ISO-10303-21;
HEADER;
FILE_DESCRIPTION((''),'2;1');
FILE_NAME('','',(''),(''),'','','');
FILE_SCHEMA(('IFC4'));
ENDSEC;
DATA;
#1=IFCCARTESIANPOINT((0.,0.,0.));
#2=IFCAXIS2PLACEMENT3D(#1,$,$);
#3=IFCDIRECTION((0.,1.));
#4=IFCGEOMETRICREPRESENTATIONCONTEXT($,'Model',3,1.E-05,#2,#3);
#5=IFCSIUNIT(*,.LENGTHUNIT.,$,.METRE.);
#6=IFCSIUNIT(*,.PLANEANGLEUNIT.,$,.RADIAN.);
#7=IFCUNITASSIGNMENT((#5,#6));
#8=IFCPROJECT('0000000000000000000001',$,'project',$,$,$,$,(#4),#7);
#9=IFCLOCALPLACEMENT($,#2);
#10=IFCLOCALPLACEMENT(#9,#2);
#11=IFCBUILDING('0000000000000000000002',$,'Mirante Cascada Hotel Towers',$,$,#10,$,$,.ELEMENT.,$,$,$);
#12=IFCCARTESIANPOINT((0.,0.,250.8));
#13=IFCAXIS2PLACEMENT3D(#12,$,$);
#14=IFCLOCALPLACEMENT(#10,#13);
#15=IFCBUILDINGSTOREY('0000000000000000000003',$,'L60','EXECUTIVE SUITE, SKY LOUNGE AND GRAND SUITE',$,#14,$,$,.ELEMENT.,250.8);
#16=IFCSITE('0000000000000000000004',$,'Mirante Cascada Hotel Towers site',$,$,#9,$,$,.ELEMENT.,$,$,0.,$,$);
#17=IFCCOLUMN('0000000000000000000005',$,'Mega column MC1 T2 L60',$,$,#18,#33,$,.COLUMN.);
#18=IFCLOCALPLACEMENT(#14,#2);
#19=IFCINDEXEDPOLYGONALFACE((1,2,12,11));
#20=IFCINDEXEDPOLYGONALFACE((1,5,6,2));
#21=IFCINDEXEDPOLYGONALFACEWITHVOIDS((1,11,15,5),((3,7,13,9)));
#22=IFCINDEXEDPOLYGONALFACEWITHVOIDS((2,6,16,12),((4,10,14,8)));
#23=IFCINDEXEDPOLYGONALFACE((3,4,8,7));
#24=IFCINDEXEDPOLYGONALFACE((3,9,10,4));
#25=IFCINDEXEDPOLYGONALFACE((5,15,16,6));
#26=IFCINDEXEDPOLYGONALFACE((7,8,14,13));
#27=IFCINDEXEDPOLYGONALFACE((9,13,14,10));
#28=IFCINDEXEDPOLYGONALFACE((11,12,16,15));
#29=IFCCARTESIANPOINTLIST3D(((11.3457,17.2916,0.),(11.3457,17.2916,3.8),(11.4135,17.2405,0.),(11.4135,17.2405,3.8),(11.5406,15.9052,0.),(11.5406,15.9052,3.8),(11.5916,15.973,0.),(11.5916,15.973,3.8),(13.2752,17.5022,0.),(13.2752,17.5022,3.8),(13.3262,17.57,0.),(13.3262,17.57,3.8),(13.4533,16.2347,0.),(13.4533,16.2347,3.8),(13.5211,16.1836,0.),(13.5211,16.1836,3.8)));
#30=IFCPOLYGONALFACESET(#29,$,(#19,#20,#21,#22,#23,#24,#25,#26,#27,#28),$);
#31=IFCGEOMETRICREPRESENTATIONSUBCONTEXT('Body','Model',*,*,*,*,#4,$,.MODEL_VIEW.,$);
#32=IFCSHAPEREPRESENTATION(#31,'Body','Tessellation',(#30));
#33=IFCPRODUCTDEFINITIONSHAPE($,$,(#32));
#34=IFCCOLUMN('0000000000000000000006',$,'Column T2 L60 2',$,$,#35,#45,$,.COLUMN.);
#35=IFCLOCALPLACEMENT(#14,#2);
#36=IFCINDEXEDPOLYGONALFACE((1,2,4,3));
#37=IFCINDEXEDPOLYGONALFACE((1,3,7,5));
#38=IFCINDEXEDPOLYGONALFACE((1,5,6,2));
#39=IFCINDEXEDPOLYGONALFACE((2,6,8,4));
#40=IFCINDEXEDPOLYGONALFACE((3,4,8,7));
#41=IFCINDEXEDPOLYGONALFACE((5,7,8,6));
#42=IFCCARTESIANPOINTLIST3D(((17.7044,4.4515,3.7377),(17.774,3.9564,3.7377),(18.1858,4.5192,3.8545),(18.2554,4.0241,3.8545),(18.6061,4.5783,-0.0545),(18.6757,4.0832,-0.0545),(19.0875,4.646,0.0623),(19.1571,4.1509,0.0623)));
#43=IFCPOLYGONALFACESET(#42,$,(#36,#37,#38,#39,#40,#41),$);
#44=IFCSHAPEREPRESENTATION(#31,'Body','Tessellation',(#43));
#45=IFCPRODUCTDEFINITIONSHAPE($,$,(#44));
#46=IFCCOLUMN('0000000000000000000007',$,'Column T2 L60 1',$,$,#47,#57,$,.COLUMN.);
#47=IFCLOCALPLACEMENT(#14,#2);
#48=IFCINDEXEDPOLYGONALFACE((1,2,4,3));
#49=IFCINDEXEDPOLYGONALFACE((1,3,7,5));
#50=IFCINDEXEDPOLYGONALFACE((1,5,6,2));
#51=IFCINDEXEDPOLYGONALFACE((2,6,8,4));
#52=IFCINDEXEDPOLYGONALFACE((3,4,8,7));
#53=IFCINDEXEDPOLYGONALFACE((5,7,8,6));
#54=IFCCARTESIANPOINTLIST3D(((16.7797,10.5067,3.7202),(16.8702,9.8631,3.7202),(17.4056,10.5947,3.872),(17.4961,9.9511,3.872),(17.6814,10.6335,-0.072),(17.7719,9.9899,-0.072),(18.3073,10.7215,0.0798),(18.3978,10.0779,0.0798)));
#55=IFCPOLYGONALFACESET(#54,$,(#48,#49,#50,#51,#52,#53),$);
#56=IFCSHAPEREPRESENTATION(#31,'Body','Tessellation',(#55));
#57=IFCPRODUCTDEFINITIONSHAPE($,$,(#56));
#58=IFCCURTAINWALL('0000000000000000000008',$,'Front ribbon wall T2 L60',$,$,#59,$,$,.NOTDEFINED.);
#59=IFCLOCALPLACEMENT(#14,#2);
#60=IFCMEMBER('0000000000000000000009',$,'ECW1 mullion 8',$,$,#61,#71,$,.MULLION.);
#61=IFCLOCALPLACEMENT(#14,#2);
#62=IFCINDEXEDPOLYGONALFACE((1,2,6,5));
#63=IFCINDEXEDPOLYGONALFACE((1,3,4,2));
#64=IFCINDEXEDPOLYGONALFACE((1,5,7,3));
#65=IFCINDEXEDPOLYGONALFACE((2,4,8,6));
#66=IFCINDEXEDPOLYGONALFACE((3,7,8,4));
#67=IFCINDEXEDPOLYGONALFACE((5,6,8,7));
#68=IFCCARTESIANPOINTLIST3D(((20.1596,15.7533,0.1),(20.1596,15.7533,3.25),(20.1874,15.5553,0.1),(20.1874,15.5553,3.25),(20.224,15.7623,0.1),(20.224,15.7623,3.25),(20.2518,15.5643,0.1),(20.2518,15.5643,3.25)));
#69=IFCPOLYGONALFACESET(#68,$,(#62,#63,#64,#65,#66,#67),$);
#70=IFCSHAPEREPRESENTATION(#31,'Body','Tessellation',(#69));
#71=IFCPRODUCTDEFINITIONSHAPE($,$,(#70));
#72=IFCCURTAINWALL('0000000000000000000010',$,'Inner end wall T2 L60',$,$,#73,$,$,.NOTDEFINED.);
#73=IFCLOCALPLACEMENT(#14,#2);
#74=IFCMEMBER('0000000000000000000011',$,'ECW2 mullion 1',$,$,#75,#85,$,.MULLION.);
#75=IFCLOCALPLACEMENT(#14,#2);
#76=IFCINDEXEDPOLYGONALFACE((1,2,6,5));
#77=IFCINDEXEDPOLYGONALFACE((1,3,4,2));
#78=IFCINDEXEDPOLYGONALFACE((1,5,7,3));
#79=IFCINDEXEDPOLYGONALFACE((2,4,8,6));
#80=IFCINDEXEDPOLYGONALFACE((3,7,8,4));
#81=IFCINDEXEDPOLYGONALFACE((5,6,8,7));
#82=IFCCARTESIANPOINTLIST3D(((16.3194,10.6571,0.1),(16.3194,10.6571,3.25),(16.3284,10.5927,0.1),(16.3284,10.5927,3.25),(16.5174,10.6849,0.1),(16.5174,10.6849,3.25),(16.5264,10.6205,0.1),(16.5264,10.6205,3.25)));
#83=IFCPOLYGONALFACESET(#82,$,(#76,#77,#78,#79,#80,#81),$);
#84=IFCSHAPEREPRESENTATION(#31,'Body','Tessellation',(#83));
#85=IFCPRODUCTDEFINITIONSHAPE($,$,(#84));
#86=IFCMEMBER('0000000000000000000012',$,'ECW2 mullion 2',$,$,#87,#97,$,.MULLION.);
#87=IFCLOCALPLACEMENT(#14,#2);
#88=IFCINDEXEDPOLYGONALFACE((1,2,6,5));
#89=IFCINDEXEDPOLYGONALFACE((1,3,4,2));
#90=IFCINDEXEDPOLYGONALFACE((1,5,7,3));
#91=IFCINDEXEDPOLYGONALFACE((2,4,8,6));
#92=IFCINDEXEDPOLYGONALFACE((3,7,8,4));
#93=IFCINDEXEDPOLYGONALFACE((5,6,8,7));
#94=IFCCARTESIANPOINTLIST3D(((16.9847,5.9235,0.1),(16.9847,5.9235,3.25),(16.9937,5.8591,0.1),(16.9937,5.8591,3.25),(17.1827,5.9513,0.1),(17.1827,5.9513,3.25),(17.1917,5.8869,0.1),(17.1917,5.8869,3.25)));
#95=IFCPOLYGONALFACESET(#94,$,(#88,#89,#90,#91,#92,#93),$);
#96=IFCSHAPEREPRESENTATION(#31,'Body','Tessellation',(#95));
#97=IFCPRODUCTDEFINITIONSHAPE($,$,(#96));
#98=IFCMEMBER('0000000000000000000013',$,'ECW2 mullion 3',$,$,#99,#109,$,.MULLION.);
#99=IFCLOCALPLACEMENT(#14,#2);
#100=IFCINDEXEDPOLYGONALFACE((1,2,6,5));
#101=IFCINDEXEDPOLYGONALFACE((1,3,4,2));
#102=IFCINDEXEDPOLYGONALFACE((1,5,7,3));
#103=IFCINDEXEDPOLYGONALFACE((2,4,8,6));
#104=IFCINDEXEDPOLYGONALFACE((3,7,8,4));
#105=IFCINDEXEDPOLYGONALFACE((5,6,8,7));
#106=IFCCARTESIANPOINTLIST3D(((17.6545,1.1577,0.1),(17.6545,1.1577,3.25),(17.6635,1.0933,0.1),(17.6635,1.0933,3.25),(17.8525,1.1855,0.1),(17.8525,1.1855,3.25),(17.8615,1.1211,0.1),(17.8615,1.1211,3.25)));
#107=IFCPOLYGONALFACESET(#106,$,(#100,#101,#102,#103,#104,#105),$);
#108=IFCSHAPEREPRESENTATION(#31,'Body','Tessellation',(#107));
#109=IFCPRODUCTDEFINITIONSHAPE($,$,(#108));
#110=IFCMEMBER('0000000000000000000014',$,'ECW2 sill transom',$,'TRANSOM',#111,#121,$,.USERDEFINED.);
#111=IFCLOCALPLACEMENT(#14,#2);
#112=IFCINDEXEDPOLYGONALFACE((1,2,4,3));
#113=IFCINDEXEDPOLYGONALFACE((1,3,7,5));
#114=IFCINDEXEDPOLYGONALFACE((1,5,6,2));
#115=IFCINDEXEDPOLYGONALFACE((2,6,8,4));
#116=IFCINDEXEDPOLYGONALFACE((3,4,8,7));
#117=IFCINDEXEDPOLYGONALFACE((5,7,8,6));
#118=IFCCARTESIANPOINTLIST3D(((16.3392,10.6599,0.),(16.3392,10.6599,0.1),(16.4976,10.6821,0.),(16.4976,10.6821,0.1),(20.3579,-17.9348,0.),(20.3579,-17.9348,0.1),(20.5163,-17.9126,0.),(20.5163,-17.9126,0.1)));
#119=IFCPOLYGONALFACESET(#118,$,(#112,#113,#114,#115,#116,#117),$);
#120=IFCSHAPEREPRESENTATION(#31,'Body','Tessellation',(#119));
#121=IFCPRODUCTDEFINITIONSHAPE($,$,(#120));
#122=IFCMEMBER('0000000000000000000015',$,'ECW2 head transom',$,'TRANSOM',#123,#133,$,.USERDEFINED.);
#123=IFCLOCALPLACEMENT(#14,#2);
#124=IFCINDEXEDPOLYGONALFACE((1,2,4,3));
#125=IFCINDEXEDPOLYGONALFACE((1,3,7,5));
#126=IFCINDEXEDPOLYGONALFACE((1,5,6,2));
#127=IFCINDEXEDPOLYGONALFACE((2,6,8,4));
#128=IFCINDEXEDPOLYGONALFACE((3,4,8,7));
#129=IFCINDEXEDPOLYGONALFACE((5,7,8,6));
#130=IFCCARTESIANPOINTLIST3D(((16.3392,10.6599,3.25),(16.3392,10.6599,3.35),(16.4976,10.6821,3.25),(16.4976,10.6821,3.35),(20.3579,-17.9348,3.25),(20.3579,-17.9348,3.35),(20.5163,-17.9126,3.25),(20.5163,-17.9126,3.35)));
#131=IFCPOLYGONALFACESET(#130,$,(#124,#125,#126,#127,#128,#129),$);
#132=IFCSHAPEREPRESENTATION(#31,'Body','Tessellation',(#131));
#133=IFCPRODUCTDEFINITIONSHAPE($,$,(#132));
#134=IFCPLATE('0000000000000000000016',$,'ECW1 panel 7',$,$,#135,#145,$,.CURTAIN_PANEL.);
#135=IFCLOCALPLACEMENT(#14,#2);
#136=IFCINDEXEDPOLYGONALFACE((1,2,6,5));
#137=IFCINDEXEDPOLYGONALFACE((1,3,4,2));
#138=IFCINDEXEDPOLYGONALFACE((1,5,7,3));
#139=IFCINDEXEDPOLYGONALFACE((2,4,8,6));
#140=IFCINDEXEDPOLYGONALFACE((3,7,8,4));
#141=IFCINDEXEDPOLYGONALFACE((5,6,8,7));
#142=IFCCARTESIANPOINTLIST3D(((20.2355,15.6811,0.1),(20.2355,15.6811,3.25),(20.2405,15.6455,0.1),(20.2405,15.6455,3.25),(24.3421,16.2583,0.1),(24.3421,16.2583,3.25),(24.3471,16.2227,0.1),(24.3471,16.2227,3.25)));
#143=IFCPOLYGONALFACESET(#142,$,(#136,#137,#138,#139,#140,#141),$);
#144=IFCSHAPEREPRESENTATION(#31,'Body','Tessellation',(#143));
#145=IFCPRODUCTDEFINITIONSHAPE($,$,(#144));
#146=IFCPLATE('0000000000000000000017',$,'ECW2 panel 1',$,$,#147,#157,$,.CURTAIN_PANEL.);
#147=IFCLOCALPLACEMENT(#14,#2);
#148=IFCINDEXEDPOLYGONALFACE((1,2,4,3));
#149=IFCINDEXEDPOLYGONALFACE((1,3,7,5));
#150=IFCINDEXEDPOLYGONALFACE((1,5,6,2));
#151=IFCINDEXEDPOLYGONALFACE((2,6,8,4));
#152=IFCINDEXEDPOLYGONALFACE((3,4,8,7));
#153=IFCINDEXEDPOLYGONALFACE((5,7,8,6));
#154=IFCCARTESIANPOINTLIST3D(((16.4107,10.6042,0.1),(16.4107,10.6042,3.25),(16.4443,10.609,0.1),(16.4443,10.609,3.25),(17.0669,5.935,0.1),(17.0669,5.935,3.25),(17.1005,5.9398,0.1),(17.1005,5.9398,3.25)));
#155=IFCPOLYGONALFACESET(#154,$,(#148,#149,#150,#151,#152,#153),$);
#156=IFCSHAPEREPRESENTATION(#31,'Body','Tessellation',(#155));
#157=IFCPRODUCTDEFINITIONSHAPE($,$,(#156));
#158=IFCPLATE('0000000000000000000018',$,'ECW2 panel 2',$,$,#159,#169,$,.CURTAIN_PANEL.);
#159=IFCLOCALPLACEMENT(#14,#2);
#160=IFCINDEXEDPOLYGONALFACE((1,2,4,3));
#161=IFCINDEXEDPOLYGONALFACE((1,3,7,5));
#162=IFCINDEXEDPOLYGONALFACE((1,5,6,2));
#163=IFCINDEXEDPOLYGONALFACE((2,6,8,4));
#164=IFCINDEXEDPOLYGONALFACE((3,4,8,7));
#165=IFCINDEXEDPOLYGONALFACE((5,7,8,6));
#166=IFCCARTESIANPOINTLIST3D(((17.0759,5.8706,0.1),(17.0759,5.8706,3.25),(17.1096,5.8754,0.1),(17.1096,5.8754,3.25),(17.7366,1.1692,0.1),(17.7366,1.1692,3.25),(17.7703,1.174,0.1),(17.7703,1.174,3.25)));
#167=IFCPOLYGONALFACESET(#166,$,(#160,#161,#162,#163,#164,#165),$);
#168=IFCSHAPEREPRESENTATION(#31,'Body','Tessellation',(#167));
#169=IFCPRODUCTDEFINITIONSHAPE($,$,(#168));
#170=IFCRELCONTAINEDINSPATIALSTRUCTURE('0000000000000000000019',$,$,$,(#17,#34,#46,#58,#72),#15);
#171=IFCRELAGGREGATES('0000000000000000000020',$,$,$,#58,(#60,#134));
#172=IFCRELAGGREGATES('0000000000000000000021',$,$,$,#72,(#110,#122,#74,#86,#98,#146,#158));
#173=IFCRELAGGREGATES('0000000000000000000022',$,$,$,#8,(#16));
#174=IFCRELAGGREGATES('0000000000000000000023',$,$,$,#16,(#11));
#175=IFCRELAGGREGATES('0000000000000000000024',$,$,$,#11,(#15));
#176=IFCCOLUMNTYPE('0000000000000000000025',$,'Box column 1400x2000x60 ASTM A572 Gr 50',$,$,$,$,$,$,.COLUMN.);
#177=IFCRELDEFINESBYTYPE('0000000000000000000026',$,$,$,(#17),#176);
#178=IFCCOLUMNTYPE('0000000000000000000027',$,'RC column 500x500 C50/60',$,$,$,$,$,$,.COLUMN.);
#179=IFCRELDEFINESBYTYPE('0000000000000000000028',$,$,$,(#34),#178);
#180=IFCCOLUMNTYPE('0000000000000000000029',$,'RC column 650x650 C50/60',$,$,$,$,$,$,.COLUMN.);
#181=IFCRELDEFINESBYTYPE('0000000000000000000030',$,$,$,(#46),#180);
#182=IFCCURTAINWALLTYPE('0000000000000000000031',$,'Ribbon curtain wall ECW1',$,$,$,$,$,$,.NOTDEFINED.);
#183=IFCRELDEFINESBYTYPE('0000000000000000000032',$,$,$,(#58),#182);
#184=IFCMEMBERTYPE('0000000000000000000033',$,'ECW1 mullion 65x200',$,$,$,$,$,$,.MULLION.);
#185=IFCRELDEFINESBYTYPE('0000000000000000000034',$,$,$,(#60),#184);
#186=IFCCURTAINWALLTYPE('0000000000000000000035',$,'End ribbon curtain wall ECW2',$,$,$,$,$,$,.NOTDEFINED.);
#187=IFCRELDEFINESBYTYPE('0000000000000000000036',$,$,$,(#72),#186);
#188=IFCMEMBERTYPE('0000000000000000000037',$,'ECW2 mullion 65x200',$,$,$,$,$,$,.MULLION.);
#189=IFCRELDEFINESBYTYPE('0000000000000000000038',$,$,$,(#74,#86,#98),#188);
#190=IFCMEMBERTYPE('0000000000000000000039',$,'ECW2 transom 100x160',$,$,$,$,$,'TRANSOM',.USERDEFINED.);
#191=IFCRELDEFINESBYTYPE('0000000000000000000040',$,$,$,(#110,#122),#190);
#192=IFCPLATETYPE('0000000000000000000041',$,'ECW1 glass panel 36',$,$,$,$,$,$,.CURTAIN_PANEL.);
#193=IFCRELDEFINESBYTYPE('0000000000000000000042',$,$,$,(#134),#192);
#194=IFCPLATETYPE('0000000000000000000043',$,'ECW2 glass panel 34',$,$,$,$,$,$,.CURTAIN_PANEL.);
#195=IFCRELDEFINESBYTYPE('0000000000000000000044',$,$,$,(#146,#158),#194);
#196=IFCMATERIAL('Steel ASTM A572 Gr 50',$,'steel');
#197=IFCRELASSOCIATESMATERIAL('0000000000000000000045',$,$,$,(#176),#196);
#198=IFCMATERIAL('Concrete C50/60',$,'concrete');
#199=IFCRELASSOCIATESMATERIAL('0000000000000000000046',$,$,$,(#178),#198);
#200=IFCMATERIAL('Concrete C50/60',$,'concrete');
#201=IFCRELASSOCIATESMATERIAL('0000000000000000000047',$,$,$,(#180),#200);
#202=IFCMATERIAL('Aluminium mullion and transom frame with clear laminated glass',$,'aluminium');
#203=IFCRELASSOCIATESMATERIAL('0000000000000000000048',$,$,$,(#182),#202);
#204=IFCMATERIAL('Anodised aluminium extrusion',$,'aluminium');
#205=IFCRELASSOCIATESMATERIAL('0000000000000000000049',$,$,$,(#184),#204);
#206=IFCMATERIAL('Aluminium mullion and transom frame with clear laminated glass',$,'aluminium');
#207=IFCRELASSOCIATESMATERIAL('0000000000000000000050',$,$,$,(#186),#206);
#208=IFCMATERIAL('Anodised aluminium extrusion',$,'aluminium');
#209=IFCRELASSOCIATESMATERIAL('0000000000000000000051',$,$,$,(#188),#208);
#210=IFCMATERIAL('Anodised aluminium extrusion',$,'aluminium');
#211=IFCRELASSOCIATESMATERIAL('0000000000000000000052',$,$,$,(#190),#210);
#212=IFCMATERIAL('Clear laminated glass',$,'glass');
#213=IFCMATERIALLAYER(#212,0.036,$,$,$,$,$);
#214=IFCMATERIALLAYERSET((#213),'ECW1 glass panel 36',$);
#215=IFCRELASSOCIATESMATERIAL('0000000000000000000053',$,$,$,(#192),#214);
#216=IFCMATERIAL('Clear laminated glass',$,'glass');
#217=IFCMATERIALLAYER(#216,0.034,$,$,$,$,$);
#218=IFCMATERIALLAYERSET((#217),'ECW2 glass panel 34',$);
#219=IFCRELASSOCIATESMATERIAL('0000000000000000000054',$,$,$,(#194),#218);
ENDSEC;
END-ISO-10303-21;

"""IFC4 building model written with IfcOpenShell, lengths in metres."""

from ifc_helpers import new_model, si_unit, direction, frame, origin, origin_2d, place, context, subcontext, project, spatial, rectangle, hollow_rectangle, extrude, material, layer, layer_set, material_profile, profile_set, type_object, element, aggregate, save


model = new_model("IFC4")

# Units and contexts
model_context = context("Model", 3, precision=1e-05, world=origin(), true_north=direction((0.0, 1.0)))
body_context = subcontext(model_context, "Body", "Model", "MODEL_VIEW")
ifc_project = project(units=[si_unit("LENGTHUNIT", "METRE"), si_unit("PLANEANGLEUNIT", "RADIAN")], contexts=[model_context])

# Site, building, storey
site_placement = place(None, origin())
site = spatial("IfcSite", under=ifc_project, at=site_placement, Name="Mirante Cascada Hotel Towers site", CompositionType="ELEMENT", RefElevation=0.0)
building_placement = place(site_placement, origin())
building = spatial("IfcBuilding", under=site, at=building_placement, Name="Mirante Cascada Hotel Towers", CompositionType="ELEMENT")
storey_placement = place(building_placement, frame((0.0, 0.0, 250.8)))
storey = spatial("IfcBuildingStorey", under=building, at=storey_placement, Name="L60", Description="EXECUTIVE SUITE, SKY LOUNGE AND GRAND SUITE", CompositionType="ELEMENT", Elevation=250.8)

# Columns
ifc_material_1 = material(Name="Steel ASTM A572 Gr 50", Category="steel")
ifc_material_profile_1 = material_profile(ifc_material_1, hollow_rectangle(XDim=2.0, YDim=1.4, WallThickness=0.06, at=origin_2d()), Name="Box column 1400x2000x60 ASTM A572 Gr 50")
ifc_profile_set_1 = profile_set([ifc_material_profile_1], Name="Steel ASTM A572 Gr 50")
column_type_1 = type_object("IfcColumnType", Name="Box column 1400x2000x60 ASTM A572 Gr 50", PredefinedType="COLUMN", material=ifc_profile_set_1)
column_1_placement = place(storey_placement, frame((12.4334, 16.7376, 0.0), z_axis=(0.0, 0.0, 1.0), x_axis=(0.990268, 0.139173, 0.0)))
element("IfcColumn", 1, at=column_1_placement, inside=storey, type_object=column_type_1, Name="Mega column MC1 T2 L60", PredefinedType="COLUMN", context=body_context, shape_type="SweptSolid", body=[
    extrude(hollow_rectangle(XDim=2.0, YDim=1.4, WallThickness=0.06, at=origin_2d()), origin(), (0.0, 0.0, 1.0), 3.8),
])
ifc_material_2 = material(Name="Concrete C50/60", Category="concrete")
ifc_material_profile_2 = material_profile(ifc_material_2, rectangle(XDim=0.5, YDim=0.5, at=origin_2d()), Name="RC column 500x500 C50/60")
ifc_profile_set_2 = profile_set([ifc_material_profile_2], Name="Concrete C50/60")
column_type_2 = type_object("IfcColumnType", Name="RC column 500x500 C50/60", PredefinedType="COLUMN", material=ifc_profile_set_2)
column_2_placement = place(storey_placement, frame((18.8816, 4.3646, 0.0039), z_axis=(-0.231206, -0.032513, 0.972361), x_axis=(0.139253, -0.990257, 0.0)))
element("IfcColumn", 2, at=column_2_placement, inside=storey, type_object=column_type_2, Name="Column T2 L60 2", PredefinedType="COLUMN", context=body_context, shape_type="SweptSolid", body=[
    extrude(rectangle(XDim=0.5, YDim=0.5, at=origin_2d()), origin(), (0.0, 0.0, 1.0), 3.9),
])
ifc_material_3 = material(Name="Concrete C50/60", Category="concrete")
ifc_material_profile_3 = material_profile(ifc_material_3, rectangle(XDim=0.65, YDim=0.65, at=origin_2d()), Name="RC column 650x650 C50/60")
ifc_profile_set_3 = profile_set([ifc_material_profile_3], Name="Concrete C50/60")
column_type_3 = type_object("IfcColumnType", Name="RC column 650x650 C50/60", PredefinedType="COLUMN", material=ifc_profile_set_3)
column_3_placement = place(storey_placement, frame((18.0396, 10.3557, 0.0039), z_axis=(-0.231206, -0.032513, 0.972361), x_axis=(0.139253, -0.990257, 0.0)))
element("IfcColumn", 3, at=column_3_placement, inside=storey, type_object=column_type_3, Name="Column T2 L60 1", PredefinedType="COLUMN", context=body_context, shape_type="SweptSolid", body=[
    extrude(rectangle(XDim=0.65, YDim=0.65, at=origin_2d()), origin(), (0.0, 0.0, 1.0), 3.9),
])

# Curtain wall, member
ifc_material_4 = material(Name="Aluminium mullion and transom frame with clear laminated glass", Category="aluminium")
curtain_wall_type_1 = type_object("IfcCurtainWallType", Name="Ribbon curtain wall ECW1", PredefinedType="NOTDEFINED", material=ifc_material_4)
curtain_wall_1_placement = place(storey_placement, origin())
curtain_wall_1 = element("IfcCurtainWall", 4, at=curtain_wall_1_placement, inside=storey, type_object=curtain_wall_type_1, Name="Front ribbon wall T2 L60", PredefinedType="NOTDEFINED")
ifc_material_5 = material(Name="Anodised aluminium extrusion", Category="aluminium")
ifc_material_profile_4 = material_profile(ifc_material_5, rectangle(XDim=0.2, YDim=0.065, at=origin_2d()), Name="ECW1 MULLION 65x200")
ifc_profile_set_4 = profile_set([ifc_material_profile_4], Name="Anodised aluminium extrusion")
member_type_1 = type_object("IfcMemberType", Name="ECW1 mullion 65x200", PredefinedType="MULLION", material=ifc_profile_set_4)
member_1_placement = place(storey_placement, frame((20.2057, 15.6588, 0.1), z_axis=(0.0, 0.0, 1.0), x_axis=(0.139173, -0.990268, 0.0)))
member_1 = element("IfcMember", 5, at=member_1_placement, type_object=member_type_1, Name="ECW1 mullion 8", PredefinedType="MULLION", context=body_context, shape_type="SweptSolid", body=[
    extrude(rectangle(XDim=0.2, YDim=0.065, at=origin_2d()), origin(), (0.0, 0.0, 1.0), 3.15),
])

# Curtain wall, members
ifc_material_6 = material(Name="Aluminium mullion and transom frame with clear laminated glass", Category="aluminium")
curtain_wall_type_2 = type_object("IfcCurtainWallType", Name="End ribbon curtain wall ECW2", PredefinedType="NOTDEFINED", material=ifc_material_6)
curtain_wall_2_placement = place(storey_placement, origin())
curtain_wall_2 = element("IfcCurtainWall", 6, at=curtain_wall_2_placement, inside=storey, type_object=curtain_wall_type_2, Name="Inner end wall T2 L60", PredefinedType="NOTDEFINED")
ifc_material_7 = material(Name="Anodised aluminium extrusion", Category="aluminium")
ifc_material_profile_5 = material_profile(ifc_material_7, rectangle(XDim=0.2, YDim=0.065, at=origin_2d()), Name="ECW2 MULLION 65x200")
ifc_profile_set_5 = profile_set([ifc_material_profile_5], Name="Anodised aluminium extrusion")
member_type_2 = type_object("IfcMemberType", Name="ECW2 mullion 65x200", PredefinedType="MULLION", material=ifc_profile_set_5)
member_2_placement = place(storey_placement, frame((16.4229, 10.6388, 0.1), z_axis=(0.0, 0.0, 1.0), x_axis=(0.990268, 0.139173, 0.0)))
member_2 = element("IfcMember", 7, at=member_2_placement, type_object=member_type_2, Name="ECW2 mullion 1", PredefinedType="MULLION", context=body_context, shape_type="SweptSolid", body=[
    extrude(rectangle(XDim=0.2, YDim=0.065, at=origin_2d()), origin(), (0.0, 0.0, 1.0), 3.15),
])
member_3_placement = place(storey_placement, frame((17.0882, 5.9052, 0.1), z_axis=(0.0, 0.0, 1.0), x_axis=(0.990268, 0.139173, 0.0)))
member_3 = element("IfcMember", 8, at=member_3_placement, type_object=member_type_2, Name="ECW2 mullion 2", PredefinedType="MULLION", context=body_context, shape_type="SweptSolid", body=[
    extrude(rectangle(XDim=0.2, YDim=0.065, at=origin_2d()), origin(), (0.0, 0.0, 1.0), 3.15),
])
member_4_placement = place(storey_placement, frame((17.758, 1.1394, 0.1), z_axis=(0.0, 0.0, 1.0), x_axis=(0.990268, 0.139173, 0.0)))
member_4 = element("IfcMember", 9, at=member_4_placement, type_object=member_type_2, Name="ECW2 mullion 3", PredefinedType="MULLION", context=body_context, shape_type="SweptSolid", body=[
    extrude(rectangle(XDim=0.2, YDim=0.065, at=origin_2d()), origin(), (0.0, 0.0, 1.0), 3.15),
])
ifc_material_8 = material(Name="Anodised aluminium extrusion", Category="aluminium")
ifc_material_profile_6 = material_profile(ifc_material_8, rectangle(XDim=0.16, YDim=0.1, at=origin_2d()), Name="ECW2 TRANSOM 100x160")
ifc_profile_set_6 = profile_set([ifc_material_profile_6], Name="Anodised aluminium extrusion")
member_type_3 = type_object("IfcMemberType", Name="ECW2 transom 100x160", ElementType="TRANSOM", PredefinedType="USERDEFINED", material=ifc_profile_set_6)
member_5_placement = place(storey_placement, frame((16.4184, 10.671, 0.05), z_axis=(0.139172, -0.990268, 0.0), x_axis=(0.990268, 0.139172, 0.0)))
member_5 = element("IfcMember", 10, at=member_5_placement, type_object=member_type_3, Name="ECW2 sill transom", ObjectType="TRANSOM", PredefinedType="USERDEFINED", context=body_context, shape_type="SweptSolid", body=[
    extrude(rectangle(XDim=0.16, YDim=0.1, at=origin_2d()), origin(), (0.0, 0.0, 1.0), 28.8757),
])
member_6_placement = place(storey_placement, frame((16.4184, 10.671, 3.3), z_axis=(0.139172, -0.990268, 0.0), x_axis=(0.990268, 0.139172, 0.0)))
member_6 = element("IfcMember", 11, at=member_6_placement, type_object=member_type_3, Name="ECW2 head transom", ObjectType="TRANSOM", PredefinedType="USERDEFINED", context=body_context, shape_type="SweptSolid", body=[
    extrude(rectangle(XDim=0.16, YDim=0.1, at=origin_2d()), origin(), (0.0, 0.0, 1.0), 28.8757),
])

# Plates
ifc_material_9 = material(Name="Clear laminated glass", Category="glass")
ifc_layer_1 = layer(ifc_material_9, 0.036)
ifc_layer_set_1 = layer_set([ifc_layer_1], Name="ECW1 glass panel 36")
plate_type_1 = type_object("IfcPlateType", Name="ECW1 glass panel 36", PredefinedType="CURTAIN_PANEL", material=ifc_layer_set_1)
plate_1_placement = place(storey_placement, frame((22.2913, 15.9519, 0.1), z_axis=(0.0, 0.0, 1.0), x_axis=(-0.990268, -0.139173, 0.0)))
plate_1 = element("IfcPlate", 12, at=plate_1_placement, type_object=plate_type_1, Name="ECW1 panel 7", PredefinedType="CURTAIN_PANEL", context=body_context, shape_type="SweptSolid", body=[
    extrude(rectangle(XDim=4.147, YDim=0.036, at=origin_2d()), origin(), (0.0, 0.0, 1.0), 3.15),
])
aggregate(curtain_wall_1, [member_1, plate_1])
ifc_material_10 = material(Name="Clear laminated glass", Category="glass")
ifc_layer_2 = layer(ifc_material_10, 0.034)
ifc_layer_set_2 = layer_set([ifc_layer_2], Name="ECW2 glass panel 34")
plate_type_2 = type_object("IfcPlateType", Name="ECW2 glass panel 34", PredefinedType="CURTAIN_PANEL", material=ifc_layer_set_2)
plate_2_placement = place(storey_placement, frame((16.7556, 8.272, 0.1), z_axis=(0.0, 0.0, 1.0), x_axis=(0.139173, -0.990268, 0.0)))
plate_2 = element("IfcPlate", 13, at=plate_2_placement, type_object=plate_type_2, Name="ECW2 panel 1", PredefinedType="CURTAIN_PANEL", context=body_context, shape_type="SweptSolid", body=[
    extrude(rectangle(XDim=4.7151, YDim=0.034, at=origin_2d()), origin(), (0.0, 0.0, 1.0), 3.15),
])
plate_3_placement = place(storey_placement, frame((17.4231, 3.5223, 0.1), z_axis=(0.0, 0.0, 1.0), x_axis=(0.139173, -0.990268, 0.0)))
plate_3 = element("IfcPlate", 14, at=plate_3_placement, type_object=plate_type_2, Name="ECW2 panel 2", PredefinedType="CURTAIN_PANEL", context=body_context, shape_type="SweptSolid", body=[
    extrude(rectangle(XDim=4.7476, YDim=0.034, at=origin_2d()), origin(), (0.0, 0.0, 1.0), 3.15),
])
aggregate(curtain_wall_2, [member_5, member_6, member_2, member_3, member_4, plate_2, plate_3])

save(model, "model.ifc")
